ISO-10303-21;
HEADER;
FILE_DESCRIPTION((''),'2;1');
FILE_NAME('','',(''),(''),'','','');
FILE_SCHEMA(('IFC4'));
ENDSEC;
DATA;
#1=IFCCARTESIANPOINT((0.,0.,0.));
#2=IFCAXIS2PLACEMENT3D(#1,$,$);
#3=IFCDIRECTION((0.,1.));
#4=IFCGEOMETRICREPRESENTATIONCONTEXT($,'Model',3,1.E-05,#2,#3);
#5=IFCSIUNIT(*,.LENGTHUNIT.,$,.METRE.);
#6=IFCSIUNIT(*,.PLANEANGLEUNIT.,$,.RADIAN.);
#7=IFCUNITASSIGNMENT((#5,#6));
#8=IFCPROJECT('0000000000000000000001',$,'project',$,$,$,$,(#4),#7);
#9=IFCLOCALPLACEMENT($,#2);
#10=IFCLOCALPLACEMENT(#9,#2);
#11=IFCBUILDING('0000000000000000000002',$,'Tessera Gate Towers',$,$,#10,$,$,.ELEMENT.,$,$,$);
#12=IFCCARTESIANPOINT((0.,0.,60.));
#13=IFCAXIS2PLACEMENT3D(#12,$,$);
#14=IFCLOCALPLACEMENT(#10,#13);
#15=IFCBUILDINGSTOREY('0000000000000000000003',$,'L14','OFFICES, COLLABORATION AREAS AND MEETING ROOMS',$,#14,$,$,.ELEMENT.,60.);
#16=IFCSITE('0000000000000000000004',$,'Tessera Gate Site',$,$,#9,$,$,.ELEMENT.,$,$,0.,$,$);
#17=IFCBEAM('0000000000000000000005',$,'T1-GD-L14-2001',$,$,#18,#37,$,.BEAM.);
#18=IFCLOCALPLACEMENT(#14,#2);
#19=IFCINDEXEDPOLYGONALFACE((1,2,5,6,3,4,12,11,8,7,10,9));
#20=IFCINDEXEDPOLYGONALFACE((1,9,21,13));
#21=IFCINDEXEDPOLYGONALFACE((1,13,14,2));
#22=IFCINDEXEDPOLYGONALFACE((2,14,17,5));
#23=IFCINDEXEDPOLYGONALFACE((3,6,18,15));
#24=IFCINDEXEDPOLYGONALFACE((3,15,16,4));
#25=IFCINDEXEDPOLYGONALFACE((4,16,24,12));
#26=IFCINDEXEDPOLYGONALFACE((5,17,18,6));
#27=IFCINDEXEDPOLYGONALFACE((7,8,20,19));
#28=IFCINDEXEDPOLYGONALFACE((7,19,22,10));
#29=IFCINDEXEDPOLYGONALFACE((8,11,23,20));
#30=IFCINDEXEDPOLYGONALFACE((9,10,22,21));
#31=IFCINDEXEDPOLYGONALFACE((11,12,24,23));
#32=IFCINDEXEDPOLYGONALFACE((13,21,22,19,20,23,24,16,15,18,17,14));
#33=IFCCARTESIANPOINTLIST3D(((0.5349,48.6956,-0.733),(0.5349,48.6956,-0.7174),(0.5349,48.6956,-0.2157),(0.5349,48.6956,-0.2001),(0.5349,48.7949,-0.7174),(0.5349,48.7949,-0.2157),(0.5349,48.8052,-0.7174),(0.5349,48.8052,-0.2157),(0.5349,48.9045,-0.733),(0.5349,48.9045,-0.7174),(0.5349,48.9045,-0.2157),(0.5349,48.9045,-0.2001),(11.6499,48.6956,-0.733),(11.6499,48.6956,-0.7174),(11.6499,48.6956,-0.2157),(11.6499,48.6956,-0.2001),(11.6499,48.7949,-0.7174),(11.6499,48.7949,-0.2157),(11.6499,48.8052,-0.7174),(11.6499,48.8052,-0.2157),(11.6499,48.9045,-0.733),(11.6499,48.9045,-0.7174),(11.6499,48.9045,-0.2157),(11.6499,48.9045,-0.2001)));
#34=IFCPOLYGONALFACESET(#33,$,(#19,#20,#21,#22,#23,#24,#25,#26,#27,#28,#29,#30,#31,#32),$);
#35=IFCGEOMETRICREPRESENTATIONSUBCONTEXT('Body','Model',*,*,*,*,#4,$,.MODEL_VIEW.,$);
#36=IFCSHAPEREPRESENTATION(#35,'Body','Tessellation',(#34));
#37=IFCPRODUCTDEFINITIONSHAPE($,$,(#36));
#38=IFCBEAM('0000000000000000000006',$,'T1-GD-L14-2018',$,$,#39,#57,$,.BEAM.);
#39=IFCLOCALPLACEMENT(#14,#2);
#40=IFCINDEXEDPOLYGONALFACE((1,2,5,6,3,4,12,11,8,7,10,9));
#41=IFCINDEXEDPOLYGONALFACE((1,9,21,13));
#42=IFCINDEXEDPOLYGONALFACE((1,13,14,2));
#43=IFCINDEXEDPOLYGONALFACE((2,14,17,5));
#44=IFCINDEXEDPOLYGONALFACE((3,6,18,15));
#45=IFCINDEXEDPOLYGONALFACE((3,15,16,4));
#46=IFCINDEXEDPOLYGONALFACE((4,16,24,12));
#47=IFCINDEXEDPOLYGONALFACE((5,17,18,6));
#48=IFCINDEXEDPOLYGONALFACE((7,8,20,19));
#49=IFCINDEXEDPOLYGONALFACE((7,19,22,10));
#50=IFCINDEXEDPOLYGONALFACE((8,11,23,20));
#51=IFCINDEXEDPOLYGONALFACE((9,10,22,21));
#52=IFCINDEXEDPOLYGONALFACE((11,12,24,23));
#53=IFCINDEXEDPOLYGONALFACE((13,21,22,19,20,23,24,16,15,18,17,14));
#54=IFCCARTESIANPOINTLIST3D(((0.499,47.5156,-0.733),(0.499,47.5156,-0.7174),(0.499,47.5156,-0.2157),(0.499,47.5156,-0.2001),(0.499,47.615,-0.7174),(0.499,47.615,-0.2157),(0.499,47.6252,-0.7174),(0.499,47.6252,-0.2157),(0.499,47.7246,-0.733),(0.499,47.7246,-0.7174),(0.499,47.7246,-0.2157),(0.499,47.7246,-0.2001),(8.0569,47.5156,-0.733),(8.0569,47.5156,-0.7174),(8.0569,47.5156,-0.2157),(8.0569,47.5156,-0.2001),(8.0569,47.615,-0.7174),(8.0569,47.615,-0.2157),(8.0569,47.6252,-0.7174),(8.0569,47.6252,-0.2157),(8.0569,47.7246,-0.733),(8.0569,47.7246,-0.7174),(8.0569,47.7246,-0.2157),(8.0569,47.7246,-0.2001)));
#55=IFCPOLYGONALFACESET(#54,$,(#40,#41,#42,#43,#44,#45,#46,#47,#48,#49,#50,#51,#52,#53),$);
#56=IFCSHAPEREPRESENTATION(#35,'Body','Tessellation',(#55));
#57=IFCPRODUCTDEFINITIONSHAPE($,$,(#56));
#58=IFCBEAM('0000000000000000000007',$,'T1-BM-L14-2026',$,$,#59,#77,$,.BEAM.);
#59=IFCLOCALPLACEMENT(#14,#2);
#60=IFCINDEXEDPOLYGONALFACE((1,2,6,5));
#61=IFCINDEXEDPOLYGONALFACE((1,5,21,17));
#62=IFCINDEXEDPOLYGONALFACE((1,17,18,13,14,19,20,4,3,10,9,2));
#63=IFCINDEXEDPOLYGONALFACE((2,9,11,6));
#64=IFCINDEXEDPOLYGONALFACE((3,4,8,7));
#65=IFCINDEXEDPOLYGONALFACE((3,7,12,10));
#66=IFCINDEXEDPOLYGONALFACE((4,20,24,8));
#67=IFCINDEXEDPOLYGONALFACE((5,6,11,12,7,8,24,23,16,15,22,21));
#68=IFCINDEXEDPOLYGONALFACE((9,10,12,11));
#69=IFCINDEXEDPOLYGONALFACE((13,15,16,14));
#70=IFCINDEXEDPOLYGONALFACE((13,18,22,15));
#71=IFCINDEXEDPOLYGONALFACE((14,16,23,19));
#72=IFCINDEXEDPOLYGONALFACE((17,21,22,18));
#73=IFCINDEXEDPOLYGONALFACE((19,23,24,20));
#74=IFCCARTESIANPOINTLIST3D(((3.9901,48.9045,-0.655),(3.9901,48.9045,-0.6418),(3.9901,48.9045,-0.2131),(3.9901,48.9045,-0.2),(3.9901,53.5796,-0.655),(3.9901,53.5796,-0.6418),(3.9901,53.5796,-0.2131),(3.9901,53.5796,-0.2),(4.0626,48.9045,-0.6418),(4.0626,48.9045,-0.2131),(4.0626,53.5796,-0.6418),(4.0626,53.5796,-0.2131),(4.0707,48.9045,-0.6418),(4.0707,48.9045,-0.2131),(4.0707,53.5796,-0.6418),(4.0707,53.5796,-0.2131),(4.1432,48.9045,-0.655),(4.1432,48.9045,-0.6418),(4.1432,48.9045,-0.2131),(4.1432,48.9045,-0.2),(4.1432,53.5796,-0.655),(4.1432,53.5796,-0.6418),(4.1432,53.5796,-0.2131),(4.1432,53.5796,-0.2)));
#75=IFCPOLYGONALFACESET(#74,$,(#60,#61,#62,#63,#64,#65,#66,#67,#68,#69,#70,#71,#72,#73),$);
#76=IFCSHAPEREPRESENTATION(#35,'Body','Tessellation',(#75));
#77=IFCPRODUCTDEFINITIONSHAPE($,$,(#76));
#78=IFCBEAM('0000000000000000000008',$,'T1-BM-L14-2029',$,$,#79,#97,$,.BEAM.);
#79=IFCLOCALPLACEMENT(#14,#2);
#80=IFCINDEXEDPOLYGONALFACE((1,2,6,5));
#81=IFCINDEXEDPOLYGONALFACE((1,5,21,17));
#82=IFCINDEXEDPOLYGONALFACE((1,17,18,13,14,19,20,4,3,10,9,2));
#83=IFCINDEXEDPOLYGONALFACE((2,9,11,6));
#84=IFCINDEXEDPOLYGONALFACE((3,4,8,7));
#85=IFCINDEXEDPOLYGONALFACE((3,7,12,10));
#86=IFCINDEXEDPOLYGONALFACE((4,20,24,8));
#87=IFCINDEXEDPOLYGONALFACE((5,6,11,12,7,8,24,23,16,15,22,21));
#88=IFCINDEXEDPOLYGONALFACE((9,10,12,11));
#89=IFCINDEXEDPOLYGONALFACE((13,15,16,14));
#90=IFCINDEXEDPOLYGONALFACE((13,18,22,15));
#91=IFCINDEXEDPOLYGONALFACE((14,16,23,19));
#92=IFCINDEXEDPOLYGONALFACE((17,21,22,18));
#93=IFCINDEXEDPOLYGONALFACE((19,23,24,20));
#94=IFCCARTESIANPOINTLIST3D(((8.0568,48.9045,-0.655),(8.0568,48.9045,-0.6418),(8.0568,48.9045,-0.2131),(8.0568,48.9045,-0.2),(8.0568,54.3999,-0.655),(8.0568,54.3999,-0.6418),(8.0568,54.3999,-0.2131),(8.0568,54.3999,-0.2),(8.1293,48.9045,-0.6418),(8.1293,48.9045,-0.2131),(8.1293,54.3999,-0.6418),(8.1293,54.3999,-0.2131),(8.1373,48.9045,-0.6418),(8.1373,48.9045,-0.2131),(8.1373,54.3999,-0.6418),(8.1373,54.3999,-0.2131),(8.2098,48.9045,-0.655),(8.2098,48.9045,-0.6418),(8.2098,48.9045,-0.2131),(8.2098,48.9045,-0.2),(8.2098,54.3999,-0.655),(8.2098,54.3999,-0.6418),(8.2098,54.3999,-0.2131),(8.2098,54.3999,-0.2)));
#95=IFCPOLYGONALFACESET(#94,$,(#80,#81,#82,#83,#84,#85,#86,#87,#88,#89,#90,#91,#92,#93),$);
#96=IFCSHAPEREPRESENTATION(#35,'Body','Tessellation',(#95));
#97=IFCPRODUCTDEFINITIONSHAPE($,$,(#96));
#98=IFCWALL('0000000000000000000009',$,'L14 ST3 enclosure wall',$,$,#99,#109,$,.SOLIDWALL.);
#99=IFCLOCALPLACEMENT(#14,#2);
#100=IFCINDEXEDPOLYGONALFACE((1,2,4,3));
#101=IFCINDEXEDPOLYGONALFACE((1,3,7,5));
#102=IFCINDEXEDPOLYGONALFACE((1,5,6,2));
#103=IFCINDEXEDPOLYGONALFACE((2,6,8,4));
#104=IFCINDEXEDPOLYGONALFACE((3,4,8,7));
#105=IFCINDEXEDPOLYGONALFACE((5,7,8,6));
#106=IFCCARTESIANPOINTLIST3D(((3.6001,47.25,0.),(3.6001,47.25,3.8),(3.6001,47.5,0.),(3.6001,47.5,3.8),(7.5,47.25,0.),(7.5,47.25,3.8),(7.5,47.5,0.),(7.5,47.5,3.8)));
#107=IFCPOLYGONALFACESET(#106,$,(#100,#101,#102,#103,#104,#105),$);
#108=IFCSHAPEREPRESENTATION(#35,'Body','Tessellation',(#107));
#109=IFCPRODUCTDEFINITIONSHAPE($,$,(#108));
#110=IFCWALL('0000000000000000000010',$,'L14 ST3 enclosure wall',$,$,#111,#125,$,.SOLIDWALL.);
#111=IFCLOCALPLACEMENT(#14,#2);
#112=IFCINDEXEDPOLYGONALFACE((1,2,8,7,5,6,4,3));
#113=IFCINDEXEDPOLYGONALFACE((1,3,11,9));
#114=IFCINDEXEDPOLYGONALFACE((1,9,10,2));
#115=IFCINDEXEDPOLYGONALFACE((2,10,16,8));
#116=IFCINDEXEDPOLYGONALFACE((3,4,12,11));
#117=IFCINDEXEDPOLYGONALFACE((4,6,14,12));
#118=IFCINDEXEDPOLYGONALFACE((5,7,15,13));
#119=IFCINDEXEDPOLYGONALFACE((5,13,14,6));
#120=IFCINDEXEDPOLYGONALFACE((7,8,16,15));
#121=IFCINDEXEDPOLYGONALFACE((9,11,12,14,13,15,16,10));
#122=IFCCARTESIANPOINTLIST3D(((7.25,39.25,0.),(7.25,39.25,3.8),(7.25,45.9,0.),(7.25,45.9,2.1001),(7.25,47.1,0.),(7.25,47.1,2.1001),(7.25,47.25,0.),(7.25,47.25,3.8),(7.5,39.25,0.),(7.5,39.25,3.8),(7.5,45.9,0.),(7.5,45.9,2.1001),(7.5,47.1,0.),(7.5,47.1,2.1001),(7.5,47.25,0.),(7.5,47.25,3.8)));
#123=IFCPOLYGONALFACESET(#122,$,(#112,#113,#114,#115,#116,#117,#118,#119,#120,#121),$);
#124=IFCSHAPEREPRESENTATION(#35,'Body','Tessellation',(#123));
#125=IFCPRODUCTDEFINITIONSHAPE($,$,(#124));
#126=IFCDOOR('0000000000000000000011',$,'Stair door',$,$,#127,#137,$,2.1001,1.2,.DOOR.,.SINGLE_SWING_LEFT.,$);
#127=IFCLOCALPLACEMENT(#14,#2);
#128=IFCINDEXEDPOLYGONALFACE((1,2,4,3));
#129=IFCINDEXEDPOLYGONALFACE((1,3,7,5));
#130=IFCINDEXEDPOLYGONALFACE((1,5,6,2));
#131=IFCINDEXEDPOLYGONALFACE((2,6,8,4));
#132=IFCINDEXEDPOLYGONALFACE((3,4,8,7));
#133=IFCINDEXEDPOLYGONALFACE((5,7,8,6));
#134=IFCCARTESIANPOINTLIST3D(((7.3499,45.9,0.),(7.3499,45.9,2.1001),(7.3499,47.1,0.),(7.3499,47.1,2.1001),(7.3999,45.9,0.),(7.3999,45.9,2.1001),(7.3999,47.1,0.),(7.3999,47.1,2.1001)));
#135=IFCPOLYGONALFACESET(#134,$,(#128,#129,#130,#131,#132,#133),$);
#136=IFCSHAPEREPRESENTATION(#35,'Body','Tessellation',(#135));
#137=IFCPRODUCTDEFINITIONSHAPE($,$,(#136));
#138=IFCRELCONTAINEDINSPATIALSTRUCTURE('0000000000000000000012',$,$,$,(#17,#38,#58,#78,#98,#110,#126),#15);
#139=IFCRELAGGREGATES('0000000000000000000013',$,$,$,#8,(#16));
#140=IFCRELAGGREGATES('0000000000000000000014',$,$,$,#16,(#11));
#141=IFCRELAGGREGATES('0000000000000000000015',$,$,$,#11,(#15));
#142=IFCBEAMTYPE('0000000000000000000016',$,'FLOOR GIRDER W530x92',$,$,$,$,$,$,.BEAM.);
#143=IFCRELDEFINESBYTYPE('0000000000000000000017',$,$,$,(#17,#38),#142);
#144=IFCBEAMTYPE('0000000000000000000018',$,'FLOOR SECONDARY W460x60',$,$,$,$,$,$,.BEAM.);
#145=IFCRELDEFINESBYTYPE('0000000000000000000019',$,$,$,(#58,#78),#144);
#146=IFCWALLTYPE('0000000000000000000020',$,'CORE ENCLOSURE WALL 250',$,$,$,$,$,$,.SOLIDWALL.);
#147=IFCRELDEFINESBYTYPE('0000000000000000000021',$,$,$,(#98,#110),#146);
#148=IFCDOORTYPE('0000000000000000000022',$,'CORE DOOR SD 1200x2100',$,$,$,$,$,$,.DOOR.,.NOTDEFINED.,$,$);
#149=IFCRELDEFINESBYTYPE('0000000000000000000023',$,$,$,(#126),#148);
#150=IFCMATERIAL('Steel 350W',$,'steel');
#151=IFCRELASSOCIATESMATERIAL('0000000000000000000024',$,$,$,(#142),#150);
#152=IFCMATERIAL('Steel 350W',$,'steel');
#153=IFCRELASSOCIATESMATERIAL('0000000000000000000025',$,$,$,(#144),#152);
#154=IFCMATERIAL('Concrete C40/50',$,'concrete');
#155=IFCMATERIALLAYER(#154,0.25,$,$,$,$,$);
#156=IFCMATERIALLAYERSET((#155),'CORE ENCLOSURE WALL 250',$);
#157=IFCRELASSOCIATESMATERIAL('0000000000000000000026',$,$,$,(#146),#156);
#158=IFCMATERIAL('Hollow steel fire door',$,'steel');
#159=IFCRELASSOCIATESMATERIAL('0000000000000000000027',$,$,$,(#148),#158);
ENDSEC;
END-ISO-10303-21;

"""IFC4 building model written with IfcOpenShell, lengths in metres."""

from ifc_helpers import new_model, si_unit, direction, frame, frame_2d, origin, origin_2d, place, context, subcontext, project, spatial, rectangle, i_section, extrude, source, transform, mapped, material, layer, layer_set, material_profile, profile_set, type_object, element, fill, save


model = new_model("IFC4")

# Units and contexts
model_context = context("Model", 3, precision=1e-05, world=origin(), true_north=direction((0.0, 1.0)))
body_context = subcontext(model_context, "Body", "Model", "MODEL_VIEW")
ifc_project = project(units=[si_unit("LENGTHUNIT", "METRE"), si_unit("PLANEANGLEUNIT", "RADIAN")], contexts=[model_context])

# Site, building, storey
site_placement = place(None, origin())
site = spatial("IfcSite", under=ifc_project, at=site_placement, Name="Tessera Gate Site", CompositionType="ELEMENT", RefElevation=0.0)
building_placement = place(site_placement, origin())
building = spatial("IfcBuilding", under=site, at=building_placement, Name="Tessera Gate Towers", CompositionType="ELEMENT")
storey_placement = place(building_placement, frame((0.0, 0.0, 60.0)))
storey = spatial("IfcBuildingStorey", under=building, at=storey_placement, Name="L14", Description="OFFICES, COLLABORATION AREAS AND MEETING ROOMS", CompositionType="ELEMENT", Elevation=60.0)

# Beams
ifc_material_1 = material(Name="Steel 350W", Category="steel")
ifc_material_profile_1 = material_profile(ifc_material_1, i_section(OverallWidth=0.209, OverallDepth=0.533, WebThickness=0.0103, FlangeThickness=0.0156, at=origin_2d()), Name="W530x92")
ifc_profile_set_1 = profile_set([ifc_material_profile_1], Name="Steel 350W")
beam_type_1 = type_object("IfcBeamType", Name="FLOOR GIRDER W530x92", PredefinedType="BEAM", material=ifc_profile_set_1)
beam_1_placement = place(storey_placement, frame((0.5349, 48.8, -0.4666), z_axis=(1.0, 0.0, 0.0), x_axis=(0.0, 1.0, 0.0)))
element("IfcBeam", 1, at=beam_1_placement, inside=storey, type_object=beam_type_1, Name="T1-GD-L14-2001", PredefinedType="BEAM", context=body_context, shape_type="SweptSolid", body=[
    extrude(i_section(OverallWidth=0.209, OverallDepth=0.533, WebThickness=0.0103, FlangeThickness=0.0156, at=origin_2d()), origin(), (0.0, 0.0, 1.0), 11.115),
])
beam_2_placement = place(storey_placement, frame((0.499, 47.6201, -0.4666), z_axis=(1.0, 0.0, 0.0), x_axis=(0.0, 1.0, 0.0)))
element("IfcBeam", 2, at=beam_2_placement, inside=storey, type_object=beam_type_1, Name="T1-GD-L14-2018", PredefinedType="BEAM", context=body_context, shape_type="SweptSolid", body=[
    extrude(i_section(OverallWidth=0.209, OverallDepth=0.533, WebThickness=0.0103, FlangeThickness=0.0156, at=origin_2d()), origin(), (0.0, 0.0, 1.0), 7.5579),
])
ifc_material_2 = material(Name="Steel 350W", Category="steel")
ifc_material_profile_2 = material_profile(ifc_material_2, i_section(OverallWidth=0.1531, OverallDepth=0.4551, WebThickness=0.0081, FlangeThickness=0.0132, at=origin_2d()), Name="W460x60")
ifc_profile_set_2 = profile_set([ifc_material_profile_2], Name="Steel 350W")
beam_type_2 = type_object("IfcBeamType", Name="FLOOR SECONDARY W460x60", PredefinedType="BEAM", material=ifc_profile_set_2)
beam_3_placement = place(storey_placement, frame((4.0667, 48.9045, -0.4275), z_axis=(0.0, 1.0, 0.0), x_axis=(-1.0, 0.0, 0.0)))
element("IfcBeam", 3, at=beam_3_placement, inside=storey, type_object=beam_type_2, Name="T1-BM-L14-2026", PredefinedType="BEAM", context=body_context, shape_type="SweptSolid", body=[
    extrude(i_section(OverallWidth=0.1531, OverallDepth=0.4551, WebThickness=0.0081, FlangeThickness=0.0132, at=origin_2d()), origin(), (0.0, 0.0, 1.0), 4.675),
])
beam_4_placement = place(storey_placement, frame((8.1333, 48.9045, -0.4275), z_axis=(0.0, 1.0, 0.0), x_axis=(-1.0, 0.0, 0.0)))
element("IfcBeam", 4, at=beam_4_placement, inside=storey, type_object=beam_type_2, Name="T1-BM-L14-2029", PredefinedType="BEAM", context=body_context, shape_type="SweptSolid", body=[
    extrude(i_section(OverallWidth=0.1531, OverallDepth=0.4551, WebThickness=0.0081, FlangeThickness=0.0132, at=origin_2d()), origin(), (0.0, 0.0, 1.0), 5.4954),
])

# Wall
ifc_material_3 = material(Name="Concrete C40/50", Category="concrete")
ifc_layer_1 = layer(ifc_material_3, 0.25)
ifc_layer_set_1 = layer_set([ifc_layer_1], Name="CORE ENCLOSURE WALL 250")
wall_type_1 = type_object("IfcWallType", Name="CORE ENCLOSURE WALL 250", PredefinedType="SOLIDWALL", material=ifc_layer_set_1)
wall_1_placement = place(storey_placement, frame((3.6001, 47.375, 0.0), z_axis=(0.0, 0.0, 1.0), x_axis=(1.0, 0.0, 0.0)))
element("IfcWall", 5, at=wall_1_placement, inside=storey, type_object=wall_type_1, Name="L14 ST3 enclosure wall", PredefinedType="SOLIDWALL", context=body_context, shape_type="SweptSolid", body=[
    extrude(rectangle(XDim=3.8999, YDim=0.25, at=frame_2d((1.95, 0.0))), origin(), (0.0, 0.0, 1.0), 3.8),
])

# Wall, opening, door
wall_2_placement = place(storey_placement, frame((7.375, 47.25, 0.0), z_axis=(0.0, 0.0, 1.0), x_axis=(0.0, -1.0, 0.0)))
wall_2 = element("IfcWall", 6, at=wall_2_placement, inside=storey, type_object=wall_type_1, Name="L14 ST3 enclosure wall", PredefinedType="SOLIDWALL", context=body_context, shape_type="SweptSolid", body=[
    extrude(rectangle(XDim=8.0, YDim=0.25, at=frame_2d((4.0, 0.0))), origin(), (0.0, 0.0, 1.0), 3.8),
])
shared_shape_1 = source(origin(), body_context, "Body", "SweptSolid", [
    extrude(rectangle(XDim=1.2, YDim=2.1001, at=frame_2d((0.6001, 1.05))), frame((0.0, 0.135, 0.0), z_axis=(0.0, -1.0, 0.0), x_axis=(1.0, 0.0, 0.0)), (0.0, 0.0, 1.0), 0.27),
])
opening_1_placement = place(wall_2_placement, frame((0.1499, 0.0, 0.0)))
opening_1 = element("IfcOpeningElement", 7, at=opening_1_placement, cuts=wall_2, PredefinedType="OPENING", context=body_context, shape_type="MappedRepresentation", body=[
    mapped(shared_shape_1, transform((0.0, 0.0, 0.0), scale=1.0)),
])
ifc_material_4 = material(Name="Hollow steel fire door", Category="steel")
door_type_1 = type_object("IfcDoorType", Name="CORE DOOR SD 1200x2100", OperationType="NOTDEFINED", PredefinedType="DOOR", material=ifc_material_4)
shared_shape_2 = source(origin(), body_context, "Body", "SweptSolid", [
    extrude(rectangle(XDim=1.2, YDim=2.1001, at=frame_2d((0.6001, 1.05))), frame((0.0, 0.0249, 0.0), z_axis=(0.0, -1.0, 0.0), x_axis=(1.0, 0.0, 0.0)), (0.0, 0.0, 1.0), 0.05),
])
door_1_placement = place(opening_1_placement, origin())
door_1 = element("IfcDoor", 8, at=door_1_placement, inside=storey, type_object=door_type_1, Name="Stair door", OperationType="SINGLE_SWING_LEFT", OverallHeight=2.1001, OverallWidth=1.2, PredefinedType="DOOR", context=body_context, shape_type="MappedRepresentation", body=[
    mapped(shared_shape_2, transform((0.0, 0.0, 0.0), scale=1.0)),
])
fill(opening_1, door_1)

save(model, "model.ifc")
